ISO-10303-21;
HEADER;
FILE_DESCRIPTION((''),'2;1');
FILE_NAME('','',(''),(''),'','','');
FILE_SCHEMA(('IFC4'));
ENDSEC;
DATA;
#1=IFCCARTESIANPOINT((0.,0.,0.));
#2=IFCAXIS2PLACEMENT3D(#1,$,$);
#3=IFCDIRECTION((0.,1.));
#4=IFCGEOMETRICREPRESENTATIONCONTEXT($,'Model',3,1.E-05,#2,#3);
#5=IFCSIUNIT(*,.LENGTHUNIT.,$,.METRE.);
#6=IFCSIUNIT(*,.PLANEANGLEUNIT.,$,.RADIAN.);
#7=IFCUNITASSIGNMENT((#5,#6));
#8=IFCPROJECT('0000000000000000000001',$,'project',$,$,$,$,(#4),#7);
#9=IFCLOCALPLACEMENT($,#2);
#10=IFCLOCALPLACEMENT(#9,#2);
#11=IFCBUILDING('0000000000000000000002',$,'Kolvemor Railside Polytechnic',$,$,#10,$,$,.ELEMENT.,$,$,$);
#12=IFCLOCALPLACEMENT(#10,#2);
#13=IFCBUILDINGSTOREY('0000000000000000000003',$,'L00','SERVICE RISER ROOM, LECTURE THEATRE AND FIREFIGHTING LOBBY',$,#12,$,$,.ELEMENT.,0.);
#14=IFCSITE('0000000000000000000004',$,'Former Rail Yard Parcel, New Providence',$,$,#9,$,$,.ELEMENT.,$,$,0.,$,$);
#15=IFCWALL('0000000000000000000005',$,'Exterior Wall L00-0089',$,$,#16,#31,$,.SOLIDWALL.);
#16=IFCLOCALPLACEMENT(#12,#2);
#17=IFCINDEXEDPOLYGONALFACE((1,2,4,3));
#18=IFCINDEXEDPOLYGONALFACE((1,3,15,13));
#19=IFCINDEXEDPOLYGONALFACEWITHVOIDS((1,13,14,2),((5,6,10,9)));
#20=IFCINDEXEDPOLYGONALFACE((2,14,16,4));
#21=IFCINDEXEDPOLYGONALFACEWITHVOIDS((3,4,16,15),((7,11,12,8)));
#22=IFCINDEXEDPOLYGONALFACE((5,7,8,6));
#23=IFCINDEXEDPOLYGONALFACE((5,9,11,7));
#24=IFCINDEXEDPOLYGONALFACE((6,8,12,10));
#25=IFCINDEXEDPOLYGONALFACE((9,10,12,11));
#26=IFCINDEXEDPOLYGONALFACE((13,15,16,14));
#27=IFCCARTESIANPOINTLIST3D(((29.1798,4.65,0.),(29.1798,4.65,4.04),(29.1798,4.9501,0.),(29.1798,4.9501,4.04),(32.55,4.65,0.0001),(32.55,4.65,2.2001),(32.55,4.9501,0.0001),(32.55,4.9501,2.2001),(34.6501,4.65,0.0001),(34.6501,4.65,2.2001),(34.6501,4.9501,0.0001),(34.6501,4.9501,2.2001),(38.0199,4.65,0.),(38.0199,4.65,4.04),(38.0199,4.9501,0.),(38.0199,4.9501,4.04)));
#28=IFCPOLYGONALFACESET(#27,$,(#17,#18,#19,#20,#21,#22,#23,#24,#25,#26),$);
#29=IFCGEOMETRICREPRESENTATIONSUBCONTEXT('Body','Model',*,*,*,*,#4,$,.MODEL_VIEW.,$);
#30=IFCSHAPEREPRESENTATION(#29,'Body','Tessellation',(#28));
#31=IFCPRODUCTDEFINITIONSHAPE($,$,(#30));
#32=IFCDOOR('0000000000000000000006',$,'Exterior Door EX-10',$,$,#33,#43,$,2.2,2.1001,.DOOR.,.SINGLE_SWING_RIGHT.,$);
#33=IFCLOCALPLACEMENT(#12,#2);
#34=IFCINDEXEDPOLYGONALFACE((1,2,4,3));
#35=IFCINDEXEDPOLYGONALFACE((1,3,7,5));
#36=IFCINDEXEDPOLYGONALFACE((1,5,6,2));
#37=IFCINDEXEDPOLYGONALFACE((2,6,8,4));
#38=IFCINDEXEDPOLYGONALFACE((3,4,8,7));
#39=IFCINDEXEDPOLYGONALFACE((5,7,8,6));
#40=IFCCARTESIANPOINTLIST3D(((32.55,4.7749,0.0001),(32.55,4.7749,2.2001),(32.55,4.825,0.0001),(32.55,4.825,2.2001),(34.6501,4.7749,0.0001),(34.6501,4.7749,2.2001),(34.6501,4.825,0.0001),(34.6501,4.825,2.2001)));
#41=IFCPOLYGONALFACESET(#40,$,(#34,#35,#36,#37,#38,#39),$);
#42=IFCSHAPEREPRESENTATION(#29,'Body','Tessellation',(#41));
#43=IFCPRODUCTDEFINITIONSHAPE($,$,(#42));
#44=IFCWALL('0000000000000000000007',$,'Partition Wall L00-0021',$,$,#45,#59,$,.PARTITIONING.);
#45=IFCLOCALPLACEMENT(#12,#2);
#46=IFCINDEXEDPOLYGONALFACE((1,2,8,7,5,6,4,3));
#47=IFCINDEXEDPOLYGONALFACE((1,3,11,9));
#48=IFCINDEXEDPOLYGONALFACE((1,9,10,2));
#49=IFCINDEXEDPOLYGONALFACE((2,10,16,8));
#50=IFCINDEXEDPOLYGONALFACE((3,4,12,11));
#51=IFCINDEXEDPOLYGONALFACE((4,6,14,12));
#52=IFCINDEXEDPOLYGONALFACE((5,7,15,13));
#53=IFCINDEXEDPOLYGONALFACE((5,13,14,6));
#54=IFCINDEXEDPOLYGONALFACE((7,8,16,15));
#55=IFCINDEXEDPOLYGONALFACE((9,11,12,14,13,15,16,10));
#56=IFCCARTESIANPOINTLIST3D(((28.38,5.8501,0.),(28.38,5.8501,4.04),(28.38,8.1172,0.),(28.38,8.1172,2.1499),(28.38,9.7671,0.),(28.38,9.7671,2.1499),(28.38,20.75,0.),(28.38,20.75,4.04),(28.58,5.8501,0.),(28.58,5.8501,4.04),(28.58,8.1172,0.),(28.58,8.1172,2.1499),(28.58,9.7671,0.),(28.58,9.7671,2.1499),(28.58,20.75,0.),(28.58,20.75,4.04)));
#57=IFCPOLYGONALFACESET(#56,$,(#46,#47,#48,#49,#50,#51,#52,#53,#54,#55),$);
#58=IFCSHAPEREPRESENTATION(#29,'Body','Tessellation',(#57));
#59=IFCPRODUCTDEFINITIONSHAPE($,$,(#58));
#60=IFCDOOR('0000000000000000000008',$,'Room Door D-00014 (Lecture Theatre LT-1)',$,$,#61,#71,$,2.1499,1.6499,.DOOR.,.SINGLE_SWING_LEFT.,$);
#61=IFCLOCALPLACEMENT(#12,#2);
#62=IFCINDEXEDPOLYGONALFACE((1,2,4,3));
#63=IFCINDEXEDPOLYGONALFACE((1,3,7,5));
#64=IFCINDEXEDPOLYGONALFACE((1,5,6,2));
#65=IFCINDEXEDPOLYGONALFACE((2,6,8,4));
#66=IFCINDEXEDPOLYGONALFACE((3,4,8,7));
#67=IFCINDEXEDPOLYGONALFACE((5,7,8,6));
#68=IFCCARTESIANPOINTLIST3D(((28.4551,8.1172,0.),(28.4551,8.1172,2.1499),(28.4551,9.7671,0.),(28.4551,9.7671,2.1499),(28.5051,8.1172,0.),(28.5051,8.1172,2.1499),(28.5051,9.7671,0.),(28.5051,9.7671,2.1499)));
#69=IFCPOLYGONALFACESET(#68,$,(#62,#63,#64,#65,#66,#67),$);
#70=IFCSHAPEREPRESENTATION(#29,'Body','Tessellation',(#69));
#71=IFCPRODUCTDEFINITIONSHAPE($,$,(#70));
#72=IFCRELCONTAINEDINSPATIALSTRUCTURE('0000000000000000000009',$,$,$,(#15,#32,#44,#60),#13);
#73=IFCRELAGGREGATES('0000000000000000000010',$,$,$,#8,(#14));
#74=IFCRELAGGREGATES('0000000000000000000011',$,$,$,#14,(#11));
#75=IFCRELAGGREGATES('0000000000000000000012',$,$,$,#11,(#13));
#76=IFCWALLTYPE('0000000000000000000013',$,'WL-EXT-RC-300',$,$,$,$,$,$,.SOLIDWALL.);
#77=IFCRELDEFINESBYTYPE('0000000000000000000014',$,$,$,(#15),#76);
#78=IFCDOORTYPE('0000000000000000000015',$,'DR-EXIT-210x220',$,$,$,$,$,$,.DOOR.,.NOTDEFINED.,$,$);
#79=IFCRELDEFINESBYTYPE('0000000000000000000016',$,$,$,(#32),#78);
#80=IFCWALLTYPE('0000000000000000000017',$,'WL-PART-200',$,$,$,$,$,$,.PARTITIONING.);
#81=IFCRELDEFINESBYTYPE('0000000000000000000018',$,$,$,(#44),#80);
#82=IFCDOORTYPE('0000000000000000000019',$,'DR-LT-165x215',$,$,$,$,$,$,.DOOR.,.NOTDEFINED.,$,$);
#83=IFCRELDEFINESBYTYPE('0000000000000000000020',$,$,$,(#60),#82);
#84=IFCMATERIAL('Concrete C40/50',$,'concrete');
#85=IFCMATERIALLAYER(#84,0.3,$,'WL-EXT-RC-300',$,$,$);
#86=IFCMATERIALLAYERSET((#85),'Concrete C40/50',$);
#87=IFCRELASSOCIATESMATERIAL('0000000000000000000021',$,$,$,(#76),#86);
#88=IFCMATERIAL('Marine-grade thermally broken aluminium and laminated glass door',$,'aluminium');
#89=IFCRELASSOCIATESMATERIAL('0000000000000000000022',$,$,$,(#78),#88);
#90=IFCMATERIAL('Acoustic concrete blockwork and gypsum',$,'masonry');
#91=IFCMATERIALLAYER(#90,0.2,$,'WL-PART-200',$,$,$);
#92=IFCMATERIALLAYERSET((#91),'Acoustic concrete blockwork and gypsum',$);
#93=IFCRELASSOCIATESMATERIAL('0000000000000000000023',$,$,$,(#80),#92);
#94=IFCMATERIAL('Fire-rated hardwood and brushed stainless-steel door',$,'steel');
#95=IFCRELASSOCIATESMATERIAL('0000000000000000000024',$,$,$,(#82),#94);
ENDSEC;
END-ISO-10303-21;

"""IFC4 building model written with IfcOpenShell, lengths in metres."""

from ifc_helpers import new_model, si_unit, direction, frame, frame_2d, origin, place, context, subcontext, project, spatial, rectangle, extrude, material, layer, layer_set, type_object, element, fill, save


model = new_model("IFC4")

# Units and contexts
model_context = context("Model", 3, precision=1e-05, world=origin(), true_north=direction((0.0, 1.0)))
body_context = subcontext(model_context, "Body", "Model", "MODEL_VIEW")
ifc_project = project(units=[si_unit("LENGTHUNIT", "METRE"), si_unit("PLANEANGLEUNIT", "RADIAN")], contexts=[model_context])

# Site, building, storey
site_placement = place(None, origin())
site = spatial("IfcSite", under=ifc_project, at=site_placement, Name="Former Rail Yard Parcel, New Providence", CompositionType="ELEMENT", RefElevation=0.0)
building_placement = place(site_placement, origin())
building = spatial("IfcBuilding", under=site, at=building_placement, Name="Kolvemor Railside Polytechnic", CompositionType="ELEMENT")
storey_placement = place(building_placement, origin())
storey = spatial("IfcBuildingStorey", under=building, at=storey_placement, Name="L00", Description="SERVICE RISER ROOM, LECTURE THEATRE AND FIREFIGHTING LOBBY", CompositionType="ELEMENT", Elevation=0.0)

# Walls, openings, doors
ifc_material_1 = material(Name="Concrete C40/50", Category="concrete")
ifc_layer_1 = layer(ifc_material_1, 0.3, Name="WL-EXT-RC-300")
ifc_layer_set_1 = layer_set([ifc_layer_1], Name="Concrete C40/50")
wall_type_1 = type_object("IfcWallType", Name="WL-EXT-RC-300", PredefinedType="SOLIDWALL", material=ifc_layer_set_1)
wall_1_placement = place(storey_placement, frame((29.1799, 4.8, 0.0), z_axis=(0.0, 0.0, 1.0), x_axis=(1.0, 0.0, 0.0)))
wall_1 = element("IfcWall", 1, at=wall_1_placement, inside=storey, type_object=wall_type_1, Name="Exterior Wall L00-0089", PredefinedType="SOLIDWALL", context=body_context, shape_type="SweptSolid", body=[
    extrude(rectangle(XDim=8.8401, YDim=0.3, at=frame_2d((4.4199, 0.0))), origin(), (0.0, 0.0, 1.0), 4.04),
])
opening_1_placement = place(wall_1_placement, frame((3.3701, 0.0, 0.0)))
opening_1 = element("IfcOpeningElement", 2, at=opening_1_placement, cuts=wall_1, PredefinedType="OPENING", context=body_context, shape_type="SweptSolid", body=[
    extrude(rectangle(XDim=2.1001, YDim=2.2, at=frame_2d((1.05, 1.1001))), frame((0.0, 0.1599, 0.0), z_axis=(0.0, -1.0, 0.0), x_axis=(1.0, 0.0, 0.0)), (0.0, 0.0, 1.0), 0.3201),
])
ifc_material_2 = material(Name="Marine-grade thermally broken aluminium and laminated glass door", Category="aluminium")
door_type_1 = type_object("IfcDoorType", Name="DR-EXIT-210x220", OperationType="NOTDEFINED", PredefinedType="DOOR", material=ifc_material_2)
door_1_placement = place(opening_1_placement, origin())
door_1 = element("IfcDoor", 3, at=door_1_placement, inside=storey, type_object=door_type_1, Name="Exterior Door EX-10", OperationType="SINGLE_SWING_RIGHT", OverallHeight=2.2, OverallWidth=2.1001, PredefinedType="DOOR", context=body_context, shape_type="SweptSolid", body=[
    extrude(rectangle(XDim=2.1001, YDim=2.2, at=frame_2d((1.05, 1.1001))), frame((0.0, 0.0249, 0.0), z_axis=(0.0, -1.0, 0.0), x_axis=(1.0, 0.0, 0.0)), (0.0, 0.0, 1.0), 0.05),
])
fill(opening_1, door_1)
ifc_material_3 = material(Name="Acoustic concrete blockwork and gypsum", Category="masonry")
ifc_layer_2 = layer(ifc_material_3, 0.2, Name="WL-PART-200")
ifc_layer_set_2 = layer_set([ifc_layer_2], Name="Acoustic concrete blockwork and gypsum")
wall_type_2 = type_object("IfcWallType", Name="WL-PART-200", PredefinedType="PARTITIONING", material=ifc_layer_set_2)
wall_2_placement = place(storey_placement, frame((28.48, 5.8501, 0.0), z_axis=(0.0, 0.0, 1.0), x_axis=(0.0, 1.0, 0.0)))
wall_2 = element("IfcWall", 4, at=wall_2_placement, inside=storey, type_object=wall_type_2, Name="Partition Wall L00-0021", PredefinedType="PARTITIONING", context=body_context, shape_type="SweptSolid", body=[
    extrude(rectangle(XDim=14.8999, YDim=0.2, at=frame_2d((7.45, 0.0))), origin(), (0.0, 0.0, 1.0), 4.04),
])
opening_2_placement = place(wall_2_placement, frame((2.2671, 0.0, 0.0)))
opening_2 = element("IfcOpeningElement", 5, at=opening_2_placement, cuts=wall_2, PredefinedType="OPENING", context=body_context, shape_type="SweptSolid", body=[
    extrude(rectangle(XDim=1.6499, YDim=2.1499, at=frame_2d((0.825, 1.075))), frame((0.0, 0.1099, 0.0), z_axis=(0.0, -1.0, 0.0), x_axis=(1.0, 0.0, 0.0)), (0.0, 0.0, 1.0), 0.22),
])
ifc_material_4 = material(Name="Fire-rated hardwood and brushed stainless-steel door", Category="steel")
door_type_2 = type_object("IfcDoorType", Name="DR-LT-165x215", OperationType="NOTDEFINED", PredefinedType="DOOR", material=ifc_material_4)
door_2_placement = place(opening_2_placement, origin())
door_2 = element("IfcDoor", 6, at=door_2_placement, inside=storey, type_object=door_type_2, Name="Room Door D-00014 (Lecture Theatre LT-1)", OperationType="SINGLE_SWING_LEFT", OverallHeight=2.1499, OverallWidth=1.6499, PredefinedType="DOOR", context=body_context, shape_type="SweptSolid", body=[
    extrude(rectangle(XDim=1.6499, YDim=2.1499, at=frame_2d((0.825, 1.075))), frame((0.0, 0.0249, 0.0), z_axis=(0.0, -1.0, 0.0), x_axis=(1.0, 0.0, 0.0)), (0.0, 0.0, 1.0), 0.05),
])
fill(opening_2, door_2)

save(model, "model.ifc")
